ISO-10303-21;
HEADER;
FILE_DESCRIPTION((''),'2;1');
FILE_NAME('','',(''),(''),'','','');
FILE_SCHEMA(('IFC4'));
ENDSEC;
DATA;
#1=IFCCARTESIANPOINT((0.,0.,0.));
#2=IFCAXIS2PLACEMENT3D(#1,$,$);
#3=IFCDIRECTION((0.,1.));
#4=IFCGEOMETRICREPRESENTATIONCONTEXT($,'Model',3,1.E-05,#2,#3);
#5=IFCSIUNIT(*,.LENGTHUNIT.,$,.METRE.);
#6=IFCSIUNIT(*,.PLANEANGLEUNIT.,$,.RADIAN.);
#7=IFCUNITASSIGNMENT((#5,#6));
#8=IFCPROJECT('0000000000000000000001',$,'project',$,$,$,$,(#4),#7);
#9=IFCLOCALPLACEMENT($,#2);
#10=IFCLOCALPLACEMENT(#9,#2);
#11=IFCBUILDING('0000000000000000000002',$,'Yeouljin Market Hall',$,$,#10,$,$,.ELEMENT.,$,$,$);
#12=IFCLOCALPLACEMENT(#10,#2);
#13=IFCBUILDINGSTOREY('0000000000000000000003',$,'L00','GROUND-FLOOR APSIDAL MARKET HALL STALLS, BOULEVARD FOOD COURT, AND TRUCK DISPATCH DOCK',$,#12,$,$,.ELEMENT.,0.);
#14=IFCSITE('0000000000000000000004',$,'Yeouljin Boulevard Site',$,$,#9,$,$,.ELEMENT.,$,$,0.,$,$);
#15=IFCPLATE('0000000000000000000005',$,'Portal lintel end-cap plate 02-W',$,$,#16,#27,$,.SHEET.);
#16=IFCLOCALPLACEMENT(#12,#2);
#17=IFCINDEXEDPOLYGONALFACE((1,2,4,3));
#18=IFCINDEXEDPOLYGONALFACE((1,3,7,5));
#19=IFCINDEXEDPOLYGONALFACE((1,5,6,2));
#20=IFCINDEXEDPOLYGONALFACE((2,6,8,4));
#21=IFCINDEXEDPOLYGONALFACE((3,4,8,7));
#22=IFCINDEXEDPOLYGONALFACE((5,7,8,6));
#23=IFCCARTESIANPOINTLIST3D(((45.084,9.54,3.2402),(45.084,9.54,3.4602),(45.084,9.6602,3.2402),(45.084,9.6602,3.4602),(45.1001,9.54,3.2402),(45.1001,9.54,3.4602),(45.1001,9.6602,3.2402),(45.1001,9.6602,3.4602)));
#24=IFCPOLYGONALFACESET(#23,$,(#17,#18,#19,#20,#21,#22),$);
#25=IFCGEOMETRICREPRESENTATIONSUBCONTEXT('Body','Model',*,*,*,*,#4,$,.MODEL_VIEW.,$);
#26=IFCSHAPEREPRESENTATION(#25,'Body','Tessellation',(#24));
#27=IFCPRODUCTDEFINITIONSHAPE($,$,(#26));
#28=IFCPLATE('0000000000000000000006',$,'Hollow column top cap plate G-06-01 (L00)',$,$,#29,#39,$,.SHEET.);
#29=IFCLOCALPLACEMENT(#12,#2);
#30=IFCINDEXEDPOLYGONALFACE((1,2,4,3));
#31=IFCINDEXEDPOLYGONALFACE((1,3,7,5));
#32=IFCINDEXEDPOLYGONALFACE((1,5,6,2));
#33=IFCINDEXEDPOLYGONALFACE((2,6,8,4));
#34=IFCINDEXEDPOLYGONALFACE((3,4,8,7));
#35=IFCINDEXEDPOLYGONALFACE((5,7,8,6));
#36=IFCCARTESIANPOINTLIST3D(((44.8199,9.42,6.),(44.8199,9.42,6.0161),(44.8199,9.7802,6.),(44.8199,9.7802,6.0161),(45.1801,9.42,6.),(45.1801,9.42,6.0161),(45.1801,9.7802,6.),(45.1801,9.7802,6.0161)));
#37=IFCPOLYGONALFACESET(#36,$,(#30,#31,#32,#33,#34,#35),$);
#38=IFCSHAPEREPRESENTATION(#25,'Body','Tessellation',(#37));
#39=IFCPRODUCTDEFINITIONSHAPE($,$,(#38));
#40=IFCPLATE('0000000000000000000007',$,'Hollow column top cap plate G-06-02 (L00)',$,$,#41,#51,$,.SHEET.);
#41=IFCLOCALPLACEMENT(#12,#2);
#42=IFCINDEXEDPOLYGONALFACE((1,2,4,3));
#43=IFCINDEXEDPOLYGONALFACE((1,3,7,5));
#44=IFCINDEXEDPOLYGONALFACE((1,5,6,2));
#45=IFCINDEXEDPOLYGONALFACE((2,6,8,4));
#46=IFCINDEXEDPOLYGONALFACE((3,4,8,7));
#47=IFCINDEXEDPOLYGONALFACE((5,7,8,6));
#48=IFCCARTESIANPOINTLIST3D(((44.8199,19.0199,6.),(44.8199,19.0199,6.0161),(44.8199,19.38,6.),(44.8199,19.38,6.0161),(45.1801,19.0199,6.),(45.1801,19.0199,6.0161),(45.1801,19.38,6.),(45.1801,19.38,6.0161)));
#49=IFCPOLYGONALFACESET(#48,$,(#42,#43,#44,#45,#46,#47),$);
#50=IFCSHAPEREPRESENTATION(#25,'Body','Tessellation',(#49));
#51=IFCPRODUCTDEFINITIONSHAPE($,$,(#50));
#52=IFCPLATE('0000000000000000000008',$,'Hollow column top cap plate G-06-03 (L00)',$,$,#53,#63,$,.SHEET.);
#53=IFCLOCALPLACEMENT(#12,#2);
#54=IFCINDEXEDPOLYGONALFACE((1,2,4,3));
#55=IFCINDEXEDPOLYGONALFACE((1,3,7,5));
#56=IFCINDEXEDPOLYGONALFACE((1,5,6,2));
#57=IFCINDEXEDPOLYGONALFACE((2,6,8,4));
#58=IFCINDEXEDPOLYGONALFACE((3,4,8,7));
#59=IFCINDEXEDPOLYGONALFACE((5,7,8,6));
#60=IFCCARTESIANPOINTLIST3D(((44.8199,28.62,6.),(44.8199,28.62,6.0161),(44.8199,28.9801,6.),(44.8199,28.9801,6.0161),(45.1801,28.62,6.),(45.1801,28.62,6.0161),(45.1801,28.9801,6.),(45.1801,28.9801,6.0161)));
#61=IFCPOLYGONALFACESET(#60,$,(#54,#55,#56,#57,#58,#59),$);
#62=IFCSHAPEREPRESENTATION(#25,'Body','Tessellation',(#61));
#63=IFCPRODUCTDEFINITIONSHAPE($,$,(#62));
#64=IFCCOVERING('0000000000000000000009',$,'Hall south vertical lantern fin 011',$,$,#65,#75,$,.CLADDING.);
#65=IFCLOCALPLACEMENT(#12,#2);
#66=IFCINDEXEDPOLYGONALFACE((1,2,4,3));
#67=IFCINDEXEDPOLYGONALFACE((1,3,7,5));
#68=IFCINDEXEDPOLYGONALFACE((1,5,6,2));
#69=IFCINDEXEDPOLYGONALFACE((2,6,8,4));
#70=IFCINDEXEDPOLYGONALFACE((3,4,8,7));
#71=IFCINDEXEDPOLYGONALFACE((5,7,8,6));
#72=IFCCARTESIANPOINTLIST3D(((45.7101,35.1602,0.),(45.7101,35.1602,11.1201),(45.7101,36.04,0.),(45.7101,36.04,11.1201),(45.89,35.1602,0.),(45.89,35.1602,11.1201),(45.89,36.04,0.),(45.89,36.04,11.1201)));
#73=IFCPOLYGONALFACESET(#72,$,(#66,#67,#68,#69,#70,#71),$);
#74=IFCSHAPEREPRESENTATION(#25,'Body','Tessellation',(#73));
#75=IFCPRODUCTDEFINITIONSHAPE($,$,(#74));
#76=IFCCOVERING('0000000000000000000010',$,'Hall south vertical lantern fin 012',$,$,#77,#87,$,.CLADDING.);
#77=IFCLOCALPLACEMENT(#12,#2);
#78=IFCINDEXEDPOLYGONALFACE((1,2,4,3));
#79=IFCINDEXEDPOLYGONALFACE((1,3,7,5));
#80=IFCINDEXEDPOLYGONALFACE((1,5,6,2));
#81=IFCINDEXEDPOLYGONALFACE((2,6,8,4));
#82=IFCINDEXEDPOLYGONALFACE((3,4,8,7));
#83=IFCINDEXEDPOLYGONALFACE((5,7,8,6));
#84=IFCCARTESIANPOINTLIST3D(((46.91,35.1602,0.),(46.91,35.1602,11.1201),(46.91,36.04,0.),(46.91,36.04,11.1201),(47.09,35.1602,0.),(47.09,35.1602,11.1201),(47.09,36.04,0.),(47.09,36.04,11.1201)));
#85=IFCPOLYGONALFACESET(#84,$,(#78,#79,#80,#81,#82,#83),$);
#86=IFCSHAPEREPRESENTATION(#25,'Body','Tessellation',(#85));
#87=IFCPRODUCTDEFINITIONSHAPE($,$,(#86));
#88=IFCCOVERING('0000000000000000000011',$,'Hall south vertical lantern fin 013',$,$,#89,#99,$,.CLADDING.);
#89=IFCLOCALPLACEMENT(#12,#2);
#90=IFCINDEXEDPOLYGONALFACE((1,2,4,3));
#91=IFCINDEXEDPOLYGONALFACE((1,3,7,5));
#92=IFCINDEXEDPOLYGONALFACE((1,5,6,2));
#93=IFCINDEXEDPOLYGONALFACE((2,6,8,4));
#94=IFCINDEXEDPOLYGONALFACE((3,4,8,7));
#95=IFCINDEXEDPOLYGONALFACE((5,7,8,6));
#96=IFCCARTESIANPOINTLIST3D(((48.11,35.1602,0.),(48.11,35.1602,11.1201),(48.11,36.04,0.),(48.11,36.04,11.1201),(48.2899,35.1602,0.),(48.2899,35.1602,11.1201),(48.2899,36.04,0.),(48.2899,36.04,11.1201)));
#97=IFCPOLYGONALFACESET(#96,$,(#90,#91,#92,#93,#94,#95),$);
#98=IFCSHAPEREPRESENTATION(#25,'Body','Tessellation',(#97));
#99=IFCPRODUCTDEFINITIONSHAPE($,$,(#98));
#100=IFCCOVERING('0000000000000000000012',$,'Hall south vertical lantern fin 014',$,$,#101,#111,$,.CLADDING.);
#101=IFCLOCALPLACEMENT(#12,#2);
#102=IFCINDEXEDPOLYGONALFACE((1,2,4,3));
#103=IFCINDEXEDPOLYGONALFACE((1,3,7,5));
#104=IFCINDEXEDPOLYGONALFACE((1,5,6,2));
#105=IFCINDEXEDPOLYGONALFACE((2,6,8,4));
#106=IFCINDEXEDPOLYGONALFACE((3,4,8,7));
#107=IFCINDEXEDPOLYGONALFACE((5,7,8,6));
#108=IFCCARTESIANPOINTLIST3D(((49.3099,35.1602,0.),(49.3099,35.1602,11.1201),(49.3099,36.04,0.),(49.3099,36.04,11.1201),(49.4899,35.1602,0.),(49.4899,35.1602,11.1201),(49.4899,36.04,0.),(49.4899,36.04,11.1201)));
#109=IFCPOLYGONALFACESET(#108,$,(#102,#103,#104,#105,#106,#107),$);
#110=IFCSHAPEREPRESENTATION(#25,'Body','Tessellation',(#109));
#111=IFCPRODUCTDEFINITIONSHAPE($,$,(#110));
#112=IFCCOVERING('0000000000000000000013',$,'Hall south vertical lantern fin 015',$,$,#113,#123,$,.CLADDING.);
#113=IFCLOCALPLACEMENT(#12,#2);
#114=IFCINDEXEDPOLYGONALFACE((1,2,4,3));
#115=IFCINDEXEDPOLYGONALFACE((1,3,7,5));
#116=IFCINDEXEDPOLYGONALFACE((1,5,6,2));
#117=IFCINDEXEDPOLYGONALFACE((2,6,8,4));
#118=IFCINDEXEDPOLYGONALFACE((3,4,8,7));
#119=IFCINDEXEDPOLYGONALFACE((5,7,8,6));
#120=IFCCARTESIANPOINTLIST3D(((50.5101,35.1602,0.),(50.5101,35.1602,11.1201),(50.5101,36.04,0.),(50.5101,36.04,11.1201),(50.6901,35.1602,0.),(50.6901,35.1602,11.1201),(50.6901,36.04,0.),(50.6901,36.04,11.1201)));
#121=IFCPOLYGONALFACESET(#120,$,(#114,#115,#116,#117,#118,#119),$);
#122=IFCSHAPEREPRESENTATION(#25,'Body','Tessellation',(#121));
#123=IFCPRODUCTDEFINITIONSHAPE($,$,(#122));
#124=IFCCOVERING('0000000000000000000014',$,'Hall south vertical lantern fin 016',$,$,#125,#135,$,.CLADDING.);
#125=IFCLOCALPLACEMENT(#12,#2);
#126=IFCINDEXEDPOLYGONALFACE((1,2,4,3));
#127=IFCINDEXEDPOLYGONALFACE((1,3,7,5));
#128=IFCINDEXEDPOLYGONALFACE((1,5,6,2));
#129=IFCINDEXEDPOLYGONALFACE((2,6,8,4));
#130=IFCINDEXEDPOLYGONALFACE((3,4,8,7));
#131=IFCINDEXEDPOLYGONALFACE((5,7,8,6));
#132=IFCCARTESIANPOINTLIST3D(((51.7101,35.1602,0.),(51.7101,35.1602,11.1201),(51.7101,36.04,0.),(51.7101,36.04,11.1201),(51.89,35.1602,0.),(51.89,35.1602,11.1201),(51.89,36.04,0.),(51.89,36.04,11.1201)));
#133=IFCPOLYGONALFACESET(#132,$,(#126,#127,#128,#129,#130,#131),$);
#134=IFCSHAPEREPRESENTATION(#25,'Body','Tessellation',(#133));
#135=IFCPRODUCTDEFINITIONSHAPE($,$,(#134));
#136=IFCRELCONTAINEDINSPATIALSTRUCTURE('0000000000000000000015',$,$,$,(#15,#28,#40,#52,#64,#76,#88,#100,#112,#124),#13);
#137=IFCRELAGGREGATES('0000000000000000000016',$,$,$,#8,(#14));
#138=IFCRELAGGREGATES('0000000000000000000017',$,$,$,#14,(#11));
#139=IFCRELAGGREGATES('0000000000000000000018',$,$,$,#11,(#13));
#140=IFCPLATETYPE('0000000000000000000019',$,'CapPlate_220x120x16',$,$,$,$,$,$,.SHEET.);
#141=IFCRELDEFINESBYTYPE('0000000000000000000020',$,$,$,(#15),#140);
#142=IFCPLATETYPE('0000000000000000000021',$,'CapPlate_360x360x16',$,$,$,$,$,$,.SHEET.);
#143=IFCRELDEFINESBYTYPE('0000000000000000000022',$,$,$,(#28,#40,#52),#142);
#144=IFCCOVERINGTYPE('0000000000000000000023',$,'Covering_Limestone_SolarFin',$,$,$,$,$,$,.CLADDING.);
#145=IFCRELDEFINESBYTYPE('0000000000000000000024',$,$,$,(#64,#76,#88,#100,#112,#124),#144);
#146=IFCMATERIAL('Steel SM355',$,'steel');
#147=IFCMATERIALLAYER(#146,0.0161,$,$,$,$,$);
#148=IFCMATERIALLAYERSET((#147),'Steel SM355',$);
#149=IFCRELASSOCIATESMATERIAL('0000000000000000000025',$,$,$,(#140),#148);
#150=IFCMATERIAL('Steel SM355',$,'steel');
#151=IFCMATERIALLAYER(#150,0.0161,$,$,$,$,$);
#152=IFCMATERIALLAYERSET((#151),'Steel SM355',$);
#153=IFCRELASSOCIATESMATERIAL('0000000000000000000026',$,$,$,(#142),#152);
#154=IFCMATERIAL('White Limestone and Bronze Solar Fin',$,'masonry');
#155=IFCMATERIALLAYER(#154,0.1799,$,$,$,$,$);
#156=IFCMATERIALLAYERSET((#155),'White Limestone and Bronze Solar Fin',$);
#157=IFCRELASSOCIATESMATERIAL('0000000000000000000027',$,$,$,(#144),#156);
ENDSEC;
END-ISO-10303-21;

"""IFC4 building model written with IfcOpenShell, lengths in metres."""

from ifc_helpers import new_model, si_unit, direction, frame, origin, origin_2d, place, context, subcontext, project, spatial, rectangle, extrude, material, layer, layer_set, type_object, element, save


model = new_model("IFC4")

# Units and contexts
model_context = context("Model", 3, precision=1e-05, world=origin(), true_north=direction((0.0, 1.0)))
body_context = subcontext(model_context, "Body", "Model", "MODEL_VIEW")
ifc_project = project(units=[si_unit("LENGTHUNIT", "METRE"), si_unit("PLANEANGLEUNIT", "RADIAN")], contexts=[model_context])

# Site, building, storey
site_placement = place(None, origin())
site = spatial("IfcSite", under=ifc_project, at=site_placement, Name="Yeouljin Boulevard Site", CompositionType="ELEMENT", RefElevation=0.0)
building_placement = place(site_placement, origin())
building = spatial("IfcBuilding", under=site, at=building_placement, Name="Yeouljin Market Hall", CompositionType="ELEMENT")
storey_placement = place(building_placement, origin())
storey = spatial("IfcBuildingStorey", under=building, at=storey_placement, Name="L00", Description="GROUND-FLOOR APSIDAL MARKET HALL STALLS, BOULEVARD FOOD COURT, AND TRUCK DISPATCH DOCK", CompositionType="ELEMENT", Elevation=0.0)

# Plates
ifc_material_1 = material(Name="Steel SM355", Category="steel")
ifc_layer_1 = layer(ifc_material_1, 0.0161)
ifc_layer_set_1 = layer_set([ifc_layer_1], Name="Steel SM355")
plate_type_1 = type_object("IfcPlateType", Name="CapPlate_220x120x16", PredefinedType="SHEET", material=ifc_layer_set_1)
plate_1_placement = place(storey_placement, frame((45.092, 9.6001, 3.2402), z_axis=(0.0, 0.0, 1.0), x_axis=(0.0, 1.0, 0.0)))
element("IfcPlate", 1, at=plate_1_placement, inside=storey, type_object=plate_type_1, Name="Portal lintel end-cap plate 02-W", PredefinedType="SHEET", context=body_context, shape_type="SweptSolid", body=[
    extrude(rectangle(XDim=0.1201, YDim=0.0161, at=origin_2d()), origin(), (0.0, 0.0, 1.0), 0.22),
])
ifc_material_2 = material(Name="Steel SM355", Category="steel")
ifc_layer_2 = layer(ifc_material_2, 0.0161)
ifc_layer_set_2 = layer_set([ifc_layer_2], Name="Steel SM355")
plate_type_2 = type_object("IfcPlateType", Name="CapPlate_360x360x16", PredefinedType="SHEET", material=ifc_layer_set_2)
for number, where, z_axis, x_axis, name in (
    (2, (45.0, 9.6001, 6.0), (0.0, 0.0, 1.0), (1.0, 0.0, 0.0), "Hollow column top cap plate G-06-01 (L00)"),
    (3, (45.0, 19.2, 6.0), (0.0, 0.0, 1.0), (1.0, 0.0, 0.0), "Hollow column top cap plate G-06-02 (L00)"),
    (4, (45.0, 28.8, 6.0), (0.0, 0.0, 1.0), (1.0, 0.0, 0.0), "Hollow column top cap plate G-06-03 (L00)"),
):
    element("IfcPlate", number, at=place(storey_placement, frame(where, z_axis=z_axis, x_axis=x_axis)), inside=storey, type_object=plate_type_2, Name=name, PredefinedType="SHEET", context=body_context, shape_type="SweptSolid", body=[
        extrude(rectangle(XDim=0.3601, YDim=0.3601, at=origin_2d()), origin(), (0.0, 0.0, 1.0), 0.0161),
    ])

# Coverings
ifc_material_3 = material(Name="White Limestone and Bronze Solar Fin", Category="masonry")
ifc_layer_3 = layer(ifc_material_3, 0.1799)
ifc_layer_set_3 = layer_set([ifc_layer_3], Name="White Limestone and Bronze Solar Fin")
covering_type = type_object("IfcCoveringType", Name="Covering_Limestone_SolarFin", PredefinedType="CLADDING", material=ifc_layer_set_3)
for number, where, z_axis, x_axis, name in (
    (5, (45.8, 35.6001, 0.0), (0.0, 0.0, 1.0), (1.0, 0.0, 0.0), "Hall south vertical lantern fin 011"),
    (6, (47.0, 35.6001, 0.0), (0.0, 0.0, 1.0), (1.0, 0.0, 0.0), "Hall south vertical lantern fin 012"),
    (7, (48.2, 35.6001, 0.0), (0.0, 0.0, 1.0), (1.0, 0.0, 0.0), "Hall south vertical lantern fin 013"),
    (8, (49.3999, 35.6001, 0.0), (0.0, 0.0, 1.0), (1.0, 0.0, 0.0), "Hall south vertical lantern fin 014"),
    (9, (50.6001, 35.6001, 0.0), (0.0, 0.0, 1.0), (1.0, 0.0, 0.0), "Hall south vertical lantern fin 015"),
    (10, (51.8, 35.6001, 0.0), (0.0, 0.0, 1.0), (1.0, 0.0, 0.0), "Hall south vertical lantern fin 016"),
):
    element("IfcCovering", number, at=place(storey_placement, frame(where, z_axis=z_axis, x_axis=x_axis)), inside=storey, type_object=covering_type, Name=name, PredefinedType="CLADDING", context=body_context, shape_type="SweptSolid", body=[
        extrude(rectangle(XDim=0.1799, YDim=0.8799, at=origin_2d()), origin(), (0.0, 0.0, 1.0), 11.1201),
    ])

save(model, "model.ifc")
